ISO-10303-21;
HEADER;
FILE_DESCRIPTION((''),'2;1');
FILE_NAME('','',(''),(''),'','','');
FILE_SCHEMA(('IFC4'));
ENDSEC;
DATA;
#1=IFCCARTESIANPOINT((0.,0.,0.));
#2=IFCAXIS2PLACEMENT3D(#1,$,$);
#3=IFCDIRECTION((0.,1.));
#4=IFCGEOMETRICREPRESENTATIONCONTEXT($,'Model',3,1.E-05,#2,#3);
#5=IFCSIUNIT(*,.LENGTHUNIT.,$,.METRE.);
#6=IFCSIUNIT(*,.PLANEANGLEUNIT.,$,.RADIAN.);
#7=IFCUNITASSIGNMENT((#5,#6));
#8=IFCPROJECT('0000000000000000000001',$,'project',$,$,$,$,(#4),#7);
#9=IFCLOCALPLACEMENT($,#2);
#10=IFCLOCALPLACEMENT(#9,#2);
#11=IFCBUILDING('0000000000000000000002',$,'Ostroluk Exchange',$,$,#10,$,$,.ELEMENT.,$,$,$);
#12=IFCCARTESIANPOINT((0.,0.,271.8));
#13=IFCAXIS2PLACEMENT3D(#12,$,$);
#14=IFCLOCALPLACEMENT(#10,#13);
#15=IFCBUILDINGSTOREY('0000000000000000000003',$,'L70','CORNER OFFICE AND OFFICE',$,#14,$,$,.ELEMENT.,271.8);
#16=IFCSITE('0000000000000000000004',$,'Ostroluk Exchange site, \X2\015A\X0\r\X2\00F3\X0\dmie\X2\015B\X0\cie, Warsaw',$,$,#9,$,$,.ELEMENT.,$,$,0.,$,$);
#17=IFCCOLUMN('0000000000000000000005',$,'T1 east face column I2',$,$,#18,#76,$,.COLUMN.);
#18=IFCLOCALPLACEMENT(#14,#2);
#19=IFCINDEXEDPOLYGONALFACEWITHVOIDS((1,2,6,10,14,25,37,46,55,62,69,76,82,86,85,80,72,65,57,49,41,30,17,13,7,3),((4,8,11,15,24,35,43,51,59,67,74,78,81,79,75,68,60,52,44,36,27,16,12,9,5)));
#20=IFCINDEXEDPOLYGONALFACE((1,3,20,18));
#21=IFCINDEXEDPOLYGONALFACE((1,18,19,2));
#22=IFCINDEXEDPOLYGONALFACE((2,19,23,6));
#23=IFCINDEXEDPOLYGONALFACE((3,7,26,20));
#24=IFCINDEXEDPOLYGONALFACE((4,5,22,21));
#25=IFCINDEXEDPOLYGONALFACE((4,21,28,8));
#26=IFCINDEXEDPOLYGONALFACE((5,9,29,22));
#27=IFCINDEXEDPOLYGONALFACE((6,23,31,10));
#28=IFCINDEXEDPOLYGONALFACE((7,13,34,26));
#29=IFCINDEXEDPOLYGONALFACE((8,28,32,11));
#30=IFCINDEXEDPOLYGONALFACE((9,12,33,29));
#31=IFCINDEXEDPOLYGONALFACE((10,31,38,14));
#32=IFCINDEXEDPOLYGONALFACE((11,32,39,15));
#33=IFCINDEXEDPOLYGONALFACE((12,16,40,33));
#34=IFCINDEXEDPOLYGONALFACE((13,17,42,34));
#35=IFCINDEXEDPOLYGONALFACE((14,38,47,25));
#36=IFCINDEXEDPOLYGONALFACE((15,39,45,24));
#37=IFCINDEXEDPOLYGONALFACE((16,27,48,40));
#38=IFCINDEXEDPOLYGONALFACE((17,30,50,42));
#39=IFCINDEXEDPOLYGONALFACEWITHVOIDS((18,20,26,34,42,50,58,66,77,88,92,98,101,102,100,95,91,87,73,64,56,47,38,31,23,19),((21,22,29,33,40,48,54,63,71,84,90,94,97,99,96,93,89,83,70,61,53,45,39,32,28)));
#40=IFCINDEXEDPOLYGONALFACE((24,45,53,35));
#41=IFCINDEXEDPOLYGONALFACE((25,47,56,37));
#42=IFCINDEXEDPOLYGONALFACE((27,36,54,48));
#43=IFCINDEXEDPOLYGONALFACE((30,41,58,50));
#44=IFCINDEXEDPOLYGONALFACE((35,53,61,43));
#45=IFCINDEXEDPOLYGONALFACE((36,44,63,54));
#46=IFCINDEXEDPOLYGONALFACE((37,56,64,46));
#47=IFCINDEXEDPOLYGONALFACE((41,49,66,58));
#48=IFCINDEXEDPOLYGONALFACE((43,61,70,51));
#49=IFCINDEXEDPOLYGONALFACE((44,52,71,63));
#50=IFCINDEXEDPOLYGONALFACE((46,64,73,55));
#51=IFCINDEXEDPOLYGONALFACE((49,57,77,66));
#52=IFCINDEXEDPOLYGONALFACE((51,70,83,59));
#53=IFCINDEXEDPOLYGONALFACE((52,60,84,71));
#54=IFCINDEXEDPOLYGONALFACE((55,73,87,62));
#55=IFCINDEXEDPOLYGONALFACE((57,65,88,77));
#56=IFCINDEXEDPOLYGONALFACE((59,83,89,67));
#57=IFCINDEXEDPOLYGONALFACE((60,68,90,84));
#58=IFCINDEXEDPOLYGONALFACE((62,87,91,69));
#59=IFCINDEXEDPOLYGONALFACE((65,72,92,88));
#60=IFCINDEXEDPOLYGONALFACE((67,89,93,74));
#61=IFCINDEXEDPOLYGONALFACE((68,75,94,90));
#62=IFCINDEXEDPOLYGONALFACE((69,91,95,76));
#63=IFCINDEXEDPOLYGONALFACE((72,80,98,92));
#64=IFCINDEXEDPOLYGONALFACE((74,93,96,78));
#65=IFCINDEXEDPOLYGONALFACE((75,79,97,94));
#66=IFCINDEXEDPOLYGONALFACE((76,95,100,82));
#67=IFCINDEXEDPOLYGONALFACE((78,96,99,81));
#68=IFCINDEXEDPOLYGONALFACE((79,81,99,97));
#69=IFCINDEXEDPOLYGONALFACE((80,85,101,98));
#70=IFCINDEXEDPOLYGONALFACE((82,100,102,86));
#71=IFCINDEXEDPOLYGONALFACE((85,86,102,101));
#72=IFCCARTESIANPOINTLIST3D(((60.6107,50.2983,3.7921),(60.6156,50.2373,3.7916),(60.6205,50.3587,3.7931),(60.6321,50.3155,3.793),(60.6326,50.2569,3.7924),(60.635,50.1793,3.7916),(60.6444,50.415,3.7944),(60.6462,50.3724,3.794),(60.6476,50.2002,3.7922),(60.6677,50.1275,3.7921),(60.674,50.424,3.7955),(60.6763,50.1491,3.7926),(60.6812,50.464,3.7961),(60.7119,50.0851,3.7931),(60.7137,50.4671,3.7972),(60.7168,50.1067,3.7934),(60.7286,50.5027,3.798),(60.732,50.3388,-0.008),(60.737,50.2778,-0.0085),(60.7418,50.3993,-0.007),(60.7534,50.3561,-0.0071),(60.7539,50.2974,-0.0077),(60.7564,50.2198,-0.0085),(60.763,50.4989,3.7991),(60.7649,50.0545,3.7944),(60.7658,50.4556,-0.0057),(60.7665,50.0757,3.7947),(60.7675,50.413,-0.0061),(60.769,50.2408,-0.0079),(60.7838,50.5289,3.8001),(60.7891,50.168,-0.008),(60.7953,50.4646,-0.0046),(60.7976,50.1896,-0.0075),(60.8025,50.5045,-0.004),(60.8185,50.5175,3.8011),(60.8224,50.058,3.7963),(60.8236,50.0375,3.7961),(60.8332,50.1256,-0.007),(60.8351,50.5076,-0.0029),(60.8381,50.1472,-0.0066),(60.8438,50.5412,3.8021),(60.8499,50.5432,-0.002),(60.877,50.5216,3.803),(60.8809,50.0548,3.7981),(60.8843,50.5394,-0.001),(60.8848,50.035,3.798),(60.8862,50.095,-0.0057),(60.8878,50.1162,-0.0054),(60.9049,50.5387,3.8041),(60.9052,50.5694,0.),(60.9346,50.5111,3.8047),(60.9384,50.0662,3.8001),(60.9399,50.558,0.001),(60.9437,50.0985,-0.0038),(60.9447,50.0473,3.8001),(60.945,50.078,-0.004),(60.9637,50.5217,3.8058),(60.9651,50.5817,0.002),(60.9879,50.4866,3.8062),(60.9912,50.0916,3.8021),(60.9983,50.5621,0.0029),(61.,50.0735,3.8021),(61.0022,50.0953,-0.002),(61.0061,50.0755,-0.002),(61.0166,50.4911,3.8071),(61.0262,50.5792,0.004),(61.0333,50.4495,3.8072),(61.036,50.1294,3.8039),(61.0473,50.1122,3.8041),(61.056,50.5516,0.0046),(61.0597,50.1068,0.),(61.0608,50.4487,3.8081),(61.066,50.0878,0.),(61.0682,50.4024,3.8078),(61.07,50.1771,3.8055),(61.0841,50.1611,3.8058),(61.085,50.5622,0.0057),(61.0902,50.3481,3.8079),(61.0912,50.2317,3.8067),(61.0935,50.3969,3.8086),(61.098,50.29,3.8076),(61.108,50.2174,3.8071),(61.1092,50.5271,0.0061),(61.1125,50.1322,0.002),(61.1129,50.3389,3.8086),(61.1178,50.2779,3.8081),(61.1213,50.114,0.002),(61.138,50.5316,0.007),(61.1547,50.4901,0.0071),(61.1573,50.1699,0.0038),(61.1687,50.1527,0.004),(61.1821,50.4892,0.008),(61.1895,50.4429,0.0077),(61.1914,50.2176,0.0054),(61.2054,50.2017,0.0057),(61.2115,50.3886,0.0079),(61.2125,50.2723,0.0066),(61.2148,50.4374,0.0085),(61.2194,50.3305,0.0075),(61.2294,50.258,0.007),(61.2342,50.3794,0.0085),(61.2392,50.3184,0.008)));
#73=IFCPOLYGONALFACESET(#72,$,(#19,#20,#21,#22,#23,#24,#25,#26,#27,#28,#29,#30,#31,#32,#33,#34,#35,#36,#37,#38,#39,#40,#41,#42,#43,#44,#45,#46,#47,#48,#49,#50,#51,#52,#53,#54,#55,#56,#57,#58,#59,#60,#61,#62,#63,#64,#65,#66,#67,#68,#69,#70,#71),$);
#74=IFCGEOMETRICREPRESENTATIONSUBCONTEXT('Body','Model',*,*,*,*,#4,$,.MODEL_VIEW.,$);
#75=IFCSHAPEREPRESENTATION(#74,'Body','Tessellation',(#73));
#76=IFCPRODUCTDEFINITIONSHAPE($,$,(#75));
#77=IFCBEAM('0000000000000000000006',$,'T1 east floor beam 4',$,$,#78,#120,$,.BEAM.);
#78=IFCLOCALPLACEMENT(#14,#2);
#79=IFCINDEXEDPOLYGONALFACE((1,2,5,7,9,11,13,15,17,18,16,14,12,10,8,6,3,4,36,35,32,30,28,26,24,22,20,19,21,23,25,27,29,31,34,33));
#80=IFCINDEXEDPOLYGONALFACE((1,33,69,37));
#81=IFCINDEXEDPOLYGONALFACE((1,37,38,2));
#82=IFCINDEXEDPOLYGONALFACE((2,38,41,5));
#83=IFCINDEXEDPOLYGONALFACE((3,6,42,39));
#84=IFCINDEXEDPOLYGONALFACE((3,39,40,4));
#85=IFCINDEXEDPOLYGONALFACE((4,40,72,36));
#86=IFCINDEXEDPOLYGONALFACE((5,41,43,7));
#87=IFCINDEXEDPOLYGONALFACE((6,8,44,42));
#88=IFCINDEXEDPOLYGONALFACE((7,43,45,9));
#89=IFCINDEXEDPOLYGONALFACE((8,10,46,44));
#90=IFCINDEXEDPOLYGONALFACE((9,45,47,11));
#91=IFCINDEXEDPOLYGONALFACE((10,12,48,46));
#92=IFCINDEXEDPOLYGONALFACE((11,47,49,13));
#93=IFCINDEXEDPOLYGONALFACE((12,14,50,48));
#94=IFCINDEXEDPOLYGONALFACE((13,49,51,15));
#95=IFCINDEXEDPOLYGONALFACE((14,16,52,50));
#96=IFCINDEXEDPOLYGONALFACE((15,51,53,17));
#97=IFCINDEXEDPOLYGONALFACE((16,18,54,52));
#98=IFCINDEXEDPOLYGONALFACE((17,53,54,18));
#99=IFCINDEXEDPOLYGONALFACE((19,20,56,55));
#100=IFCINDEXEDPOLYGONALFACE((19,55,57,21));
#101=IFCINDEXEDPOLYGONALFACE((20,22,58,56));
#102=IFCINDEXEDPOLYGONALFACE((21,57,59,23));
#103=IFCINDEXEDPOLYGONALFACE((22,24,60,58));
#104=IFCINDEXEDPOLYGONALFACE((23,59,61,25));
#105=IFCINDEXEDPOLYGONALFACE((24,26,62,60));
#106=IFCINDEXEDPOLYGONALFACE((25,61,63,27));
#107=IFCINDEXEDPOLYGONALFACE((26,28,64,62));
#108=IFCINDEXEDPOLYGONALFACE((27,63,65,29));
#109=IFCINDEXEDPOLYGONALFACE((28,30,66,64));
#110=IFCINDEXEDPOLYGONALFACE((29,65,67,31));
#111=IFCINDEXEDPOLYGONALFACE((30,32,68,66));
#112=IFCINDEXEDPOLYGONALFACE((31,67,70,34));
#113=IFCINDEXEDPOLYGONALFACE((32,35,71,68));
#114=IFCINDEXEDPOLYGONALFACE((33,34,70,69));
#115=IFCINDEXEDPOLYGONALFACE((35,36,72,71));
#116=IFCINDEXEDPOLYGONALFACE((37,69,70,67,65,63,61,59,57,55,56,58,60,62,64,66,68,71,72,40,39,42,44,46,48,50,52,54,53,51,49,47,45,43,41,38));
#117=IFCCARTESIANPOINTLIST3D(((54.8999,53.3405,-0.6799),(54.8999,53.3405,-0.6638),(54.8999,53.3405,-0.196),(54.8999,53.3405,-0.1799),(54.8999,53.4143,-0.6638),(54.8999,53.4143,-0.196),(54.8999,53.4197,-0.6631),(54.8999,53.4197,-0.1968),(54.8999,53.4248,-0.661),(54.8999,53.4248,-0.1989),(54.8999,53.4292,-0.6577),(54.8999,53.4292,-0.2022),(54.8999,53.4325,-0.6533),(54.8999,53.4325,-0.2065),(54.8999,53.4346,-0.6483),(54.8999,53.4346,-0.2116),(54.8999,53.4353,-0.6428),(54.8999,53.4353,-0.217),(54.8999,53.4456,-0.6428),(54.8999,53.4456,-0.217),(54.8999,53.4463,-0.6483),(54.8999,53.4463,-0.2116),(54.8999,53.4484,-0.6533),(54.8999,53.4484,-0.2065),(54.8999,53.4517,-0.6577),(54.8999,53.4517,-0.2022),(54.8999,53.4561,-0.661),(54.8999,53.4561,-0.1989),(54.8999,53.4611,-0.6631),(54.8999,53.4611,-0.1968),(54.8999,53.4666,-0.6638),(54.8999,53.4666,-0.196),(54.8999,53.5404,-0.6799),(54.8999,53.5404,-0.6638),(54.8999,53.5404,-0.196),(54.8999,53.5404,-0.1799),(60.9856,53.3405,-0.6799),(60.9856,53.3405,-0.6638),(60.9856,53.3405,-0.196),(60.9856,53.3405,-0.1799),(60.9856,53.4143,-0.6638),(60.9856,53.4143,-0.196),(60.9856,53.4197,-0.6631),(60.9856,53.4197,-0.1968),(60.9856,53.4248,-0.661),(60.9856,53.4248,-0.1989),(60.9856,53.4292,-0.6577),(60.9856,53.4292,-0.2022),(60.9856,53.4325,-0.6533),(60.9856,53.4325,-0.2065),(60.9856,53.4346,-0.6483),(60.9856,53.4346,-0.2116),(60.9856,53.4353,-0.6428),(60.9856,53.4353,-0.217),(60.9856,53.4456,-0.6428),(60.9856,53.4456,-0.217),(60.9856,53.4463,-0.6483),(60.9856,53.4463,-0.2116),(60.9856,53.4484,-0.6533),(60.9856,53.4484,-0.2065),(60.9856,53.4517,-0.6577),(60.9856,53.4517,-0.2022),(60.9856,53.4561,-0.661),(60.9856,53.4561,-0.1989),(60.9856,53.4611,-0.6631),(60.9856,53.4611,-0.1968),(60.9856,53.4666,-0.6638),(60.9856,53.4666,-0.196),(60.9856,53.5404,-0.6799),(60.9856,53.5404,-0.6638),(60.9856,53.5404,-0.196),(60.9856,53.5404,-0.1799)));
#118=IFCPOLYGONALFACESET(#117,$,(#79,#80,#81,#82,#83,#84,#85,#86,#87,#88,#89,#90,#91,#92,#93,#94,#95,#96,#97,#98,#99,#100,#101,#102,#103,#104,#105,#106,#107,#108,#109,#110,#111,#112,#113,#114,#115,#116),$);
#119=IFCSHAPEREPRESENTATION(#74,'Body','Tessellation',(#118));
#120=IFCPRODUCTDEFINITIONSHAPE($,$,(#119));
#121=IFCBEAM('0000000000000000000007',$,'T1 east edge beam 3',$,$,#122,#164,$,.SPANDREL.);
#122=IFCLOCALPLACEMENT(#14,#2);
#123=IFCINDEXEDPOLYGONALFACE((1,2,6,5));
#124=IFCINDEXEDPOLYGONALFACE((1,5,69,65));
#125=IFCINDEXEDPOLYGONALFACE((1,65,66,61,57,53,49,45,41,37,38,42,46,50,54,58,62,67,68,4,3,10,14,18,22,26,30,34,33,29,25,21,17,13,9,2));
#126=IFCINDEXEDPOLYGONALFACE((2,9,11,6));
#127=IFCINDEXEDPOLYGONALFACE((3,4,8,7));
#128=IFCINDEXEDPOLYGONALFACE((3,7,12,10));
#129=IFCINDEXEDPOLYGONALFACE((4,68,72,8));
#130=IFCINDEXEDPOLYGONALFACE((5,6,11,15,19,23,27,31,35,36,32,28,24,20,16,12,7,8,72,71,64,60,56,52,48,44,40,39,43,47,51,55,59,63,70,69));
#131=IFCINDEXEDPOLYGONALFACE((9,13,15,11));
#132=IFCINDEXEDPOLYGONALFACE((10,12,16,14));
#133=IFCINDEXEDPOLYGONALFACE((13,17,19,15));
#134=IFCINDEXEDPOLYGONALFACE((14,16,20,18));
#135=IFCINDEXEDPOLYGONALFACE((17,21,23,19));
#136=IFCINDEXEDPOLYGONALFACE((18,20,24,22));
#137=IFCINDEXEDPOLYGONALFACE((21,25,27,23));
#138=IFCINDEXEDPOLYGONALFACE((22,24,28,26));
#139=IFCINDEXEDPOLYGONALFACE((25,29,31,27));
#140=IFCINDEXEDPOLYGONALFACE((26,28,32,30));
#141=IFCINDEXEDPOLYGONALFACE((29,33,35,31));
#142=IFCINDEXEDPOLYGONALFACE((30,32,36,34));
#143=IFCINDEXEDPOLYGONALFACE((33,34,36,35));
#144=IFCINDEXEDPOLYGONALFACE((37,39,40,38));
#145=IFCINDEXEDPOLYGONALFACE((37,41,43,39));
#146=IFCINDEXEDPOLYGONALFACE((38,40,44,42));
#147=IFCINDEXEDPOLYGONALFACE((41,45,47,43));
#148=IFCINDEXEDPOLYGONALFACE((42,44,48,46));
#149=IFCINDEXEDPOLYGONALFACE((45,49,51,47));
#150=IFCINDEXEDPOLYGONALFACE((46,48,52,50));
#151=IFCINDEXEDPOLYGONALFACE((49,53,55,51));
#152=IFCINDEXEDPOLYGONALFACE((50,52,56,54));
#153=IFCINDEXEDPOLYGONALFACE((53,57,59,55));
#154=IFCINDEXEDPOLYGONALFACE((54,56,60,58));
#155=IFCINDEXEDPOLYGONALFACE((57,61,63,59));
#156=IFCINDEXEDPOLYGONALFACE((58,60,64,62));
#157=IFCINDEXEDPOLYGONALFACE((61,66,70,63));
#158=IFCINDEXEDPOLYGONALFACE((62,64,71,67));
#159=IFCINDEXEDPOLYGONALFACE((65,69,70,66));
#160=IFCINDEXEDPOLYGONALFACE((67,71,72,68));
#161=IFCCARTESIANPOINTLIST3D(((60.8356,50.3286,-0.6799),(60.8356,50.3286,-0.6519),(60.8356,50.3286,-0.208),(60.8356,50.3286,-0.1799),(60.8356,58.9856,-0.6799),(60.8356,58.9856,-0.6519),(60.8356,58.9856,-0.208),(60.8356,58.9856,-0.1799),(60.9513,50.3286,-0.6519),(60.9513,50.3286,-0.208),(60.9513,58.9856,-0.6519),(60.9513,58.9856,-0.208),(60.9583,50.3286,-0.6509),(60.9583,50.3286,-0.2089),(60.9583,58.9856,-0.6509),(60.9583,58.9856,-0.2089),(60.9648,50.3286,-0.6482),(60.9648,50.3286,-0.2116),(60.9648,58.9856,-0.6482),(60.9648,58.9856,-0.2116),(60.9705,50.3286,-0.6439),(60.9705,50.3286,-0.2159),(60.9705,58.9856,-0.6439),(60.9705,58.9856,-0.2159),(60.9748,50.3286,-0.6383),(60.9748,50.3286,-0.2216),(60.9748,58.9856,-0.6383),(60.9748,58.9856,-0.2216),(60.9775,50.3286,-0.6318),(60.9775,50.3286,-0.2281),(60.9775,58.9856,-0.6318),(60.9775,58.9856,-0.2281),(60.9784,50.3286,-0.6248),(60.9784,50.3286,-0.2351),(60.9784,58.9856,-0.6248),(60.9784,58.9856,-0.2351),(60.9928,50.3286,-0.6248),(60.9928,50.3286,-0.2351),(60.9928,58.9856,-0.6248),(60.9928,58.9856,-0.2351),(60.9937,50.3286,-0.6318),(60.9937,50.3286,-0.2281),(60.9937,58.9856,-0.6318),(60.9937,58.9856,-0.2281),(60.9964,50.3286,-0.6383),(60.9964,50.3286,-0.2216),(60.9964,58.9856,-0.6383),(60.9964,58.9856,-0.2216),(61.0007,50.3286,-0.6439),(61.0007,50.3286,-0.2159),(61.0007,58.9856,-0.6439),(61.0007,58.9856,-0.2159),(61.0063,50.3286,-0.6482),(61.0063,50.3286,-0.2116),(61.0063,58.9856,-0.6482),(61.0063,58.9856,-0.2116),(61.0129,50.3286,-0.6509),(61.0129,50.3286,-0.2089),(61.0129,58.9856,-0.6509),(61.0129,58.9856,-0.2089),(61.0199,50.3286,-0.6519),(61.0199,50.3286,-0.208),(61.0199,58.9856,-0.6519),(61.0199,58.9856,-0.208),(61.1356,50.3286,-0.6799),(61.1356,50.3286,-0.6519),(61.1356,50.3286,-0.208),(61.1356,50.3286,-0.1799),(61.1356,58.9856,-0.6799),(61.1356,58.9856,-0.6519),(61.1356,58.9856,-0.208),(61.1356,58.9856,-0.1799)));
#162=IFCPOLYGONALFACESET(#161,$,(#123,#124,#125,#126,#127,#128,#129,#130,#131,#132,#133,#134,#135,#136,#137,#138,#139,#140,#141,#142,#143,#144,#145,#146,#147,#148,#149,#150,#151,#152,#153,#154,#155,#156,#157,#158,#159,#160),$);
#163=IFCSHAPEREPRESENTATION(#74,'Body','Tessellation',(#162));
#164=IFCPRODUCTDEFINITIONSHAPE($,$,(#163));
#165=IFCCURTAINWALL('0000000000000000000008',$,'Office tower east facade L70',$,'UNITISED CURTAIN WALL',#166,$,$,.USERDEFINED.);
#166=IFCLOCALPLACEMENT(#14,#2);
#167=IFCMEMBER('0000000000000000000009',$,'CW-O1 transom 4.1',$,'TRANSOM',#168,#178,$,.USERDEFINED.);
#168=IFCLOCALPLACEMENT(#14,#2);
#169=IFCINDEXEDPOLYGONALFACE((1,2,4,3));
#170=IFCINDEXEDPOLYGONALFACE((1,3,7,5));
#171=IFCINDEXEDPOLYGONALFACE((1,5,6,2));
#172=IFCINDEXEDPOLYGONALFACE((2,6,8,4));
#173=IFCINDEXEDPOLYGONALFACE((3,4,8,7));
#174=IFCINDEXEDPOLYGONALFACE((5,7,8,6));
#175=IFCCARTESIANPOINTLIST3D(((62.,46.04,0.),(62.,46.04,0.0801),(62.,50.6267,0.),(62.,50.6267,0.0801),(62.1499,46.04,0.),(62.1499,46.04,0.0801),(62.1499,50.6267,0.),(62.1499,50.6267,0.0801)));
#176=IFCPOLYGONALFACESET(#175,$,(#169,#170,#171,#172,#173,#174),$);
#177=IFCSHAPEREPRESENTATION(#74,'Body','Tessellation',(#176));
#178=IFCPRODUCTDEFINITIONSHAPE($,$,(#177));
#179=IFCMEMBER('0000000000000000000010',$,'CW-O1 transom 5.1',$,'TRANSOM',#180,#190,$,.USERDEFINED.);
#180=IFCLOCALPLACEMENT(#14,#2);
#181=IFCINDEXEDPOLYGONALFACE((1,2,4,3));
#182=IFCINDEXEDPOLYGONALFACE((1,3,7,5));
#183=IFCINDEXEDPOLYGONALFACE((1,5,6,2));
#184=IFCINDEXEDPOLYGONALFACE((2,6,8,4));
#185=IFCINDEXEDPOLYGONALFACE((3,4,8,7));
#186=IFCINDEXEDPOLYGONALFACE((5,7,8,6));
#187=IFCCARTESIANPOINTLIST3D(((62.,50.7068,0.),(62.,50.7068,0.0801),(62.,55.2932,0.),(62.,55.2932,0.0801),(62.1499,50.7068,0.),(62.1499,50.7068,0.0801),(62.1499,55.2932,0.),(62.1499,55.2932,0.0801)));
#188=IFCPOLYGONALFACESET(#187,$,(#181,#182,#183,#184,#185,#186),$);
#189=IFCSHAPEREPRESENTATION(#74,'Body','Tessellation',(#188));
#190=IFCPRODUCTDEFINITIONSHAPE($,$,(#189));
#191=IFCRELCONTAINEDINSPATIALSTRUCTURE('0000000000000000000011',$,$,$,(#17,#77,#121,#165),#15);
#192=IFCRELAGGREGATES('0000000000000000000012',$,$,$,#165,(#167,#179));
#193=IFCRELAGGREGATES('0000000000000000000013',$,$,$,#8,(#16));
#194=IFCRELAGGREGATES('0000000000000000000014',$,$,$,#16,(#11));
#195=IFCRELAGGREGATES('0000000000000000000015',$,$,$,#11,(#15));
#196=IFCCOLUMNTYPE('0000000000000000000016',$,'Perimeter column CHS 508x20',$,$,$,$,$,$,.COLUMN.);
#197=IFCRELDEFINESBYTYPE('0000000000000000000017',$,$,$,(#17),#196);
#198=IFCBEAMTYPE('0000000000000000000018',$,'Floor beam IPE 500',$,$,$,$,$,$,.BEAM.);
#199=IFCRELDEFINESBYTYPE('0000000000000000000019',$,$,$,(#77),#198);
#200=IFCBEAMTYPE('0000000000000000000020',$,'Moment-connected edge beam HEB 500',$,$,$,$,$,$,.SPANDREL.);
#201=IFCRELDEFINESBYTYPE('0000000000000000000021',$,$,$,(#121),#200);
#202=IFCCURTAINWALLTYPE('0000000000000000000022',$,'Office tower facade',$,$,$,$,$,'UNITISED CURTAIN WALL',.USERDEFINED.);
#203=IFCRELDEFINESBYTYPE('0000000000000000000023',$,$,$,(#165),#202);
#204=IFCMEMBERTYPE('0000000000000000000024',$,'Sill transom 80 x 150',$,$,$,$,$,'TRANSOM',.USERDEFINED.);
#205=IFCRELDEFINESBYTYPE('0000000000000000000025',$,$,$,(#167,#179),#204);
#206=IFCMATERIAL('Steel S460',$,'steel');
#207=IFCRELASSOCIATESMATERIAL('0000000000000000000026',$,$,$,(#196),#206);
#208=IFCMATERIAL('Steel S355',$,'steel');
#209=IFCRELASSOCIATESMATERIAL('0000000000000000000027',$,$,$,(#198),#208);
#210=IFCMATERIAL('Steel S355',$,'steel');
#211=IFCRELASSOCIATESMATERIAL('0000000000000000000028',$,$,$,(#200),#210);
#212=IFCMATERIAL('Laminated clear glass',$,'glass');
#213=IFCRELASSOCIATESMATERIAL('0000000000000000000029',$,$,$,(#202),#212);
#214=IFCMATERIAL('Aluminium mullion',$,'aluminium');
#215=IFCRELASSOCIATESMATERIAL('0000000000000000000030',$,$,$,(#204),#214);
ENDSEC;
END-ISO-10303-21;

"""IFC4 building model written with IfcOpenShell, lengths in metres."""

from ifc_helpers import new_model, si_unit, direction, frame, origin, origin_2d, place, context, subcontext, project, spatial, rectangle, hollow_circle, i_section, extrude, material, material_profile, profile_set, type_object, element, aggregate, save


model = new_model("IFC4")

# Units and contexts
model_context = context("Model", 3, precision=1e-05, world=origin(), true_north=direction((0.0, 1.0)))
body_context = subcontext(model_context, "Body", "Model", "MODEL_VIEW")
ifc_project = project(units=[si_unit("LENGTHUNIT", "METRE"), si_unit("PLANEANGLEUNIT", "RADIAN")], contexts=[model_context])

# Site, building, storey
site_placement = place(None, origin())
site = spatial("IfcSite", under=ifc_project, at=site_placement, Name="Ostroluk Exchange site, Śródmieście, Warsaw", CompositionType="ELEMENT", RefElevation=0.0)
building_placement = place(site_placement, origin())
building = spatial("IfcBuilding", under=site, at=building_placement, Name="Ostroluk Exchange", CompositionType="ELEMENT")
storey_placement = place(building_placement, frame((0.0, 0.0, 271.8)))
storey = spatial("IfcBuildingStorey", under=building, at=storey_placement, Name="L70", Description="CORNER OFFICE AND OFFICE", CompositionType="ELEMENT", Elevation=271.8)

# Column
ifc_material_1 = material(Name="Steel S460", Category="steel")
ifc_material_profile_1 = material_profile(ifc_material_1, hollow_circle(Radius=0.2539, WallThickness=0.02, at=origin_2d()), Name="CHS 508x20")
ifc_profile_set_1 = profile_set([ifc_material_profile_1], Name="Steel S460")
column_type = type_object("IfcColumnType", Name="Perimeter column CHS 508x20", PredefinedType="COLUMN", material=ifc_profile_set_1)
column_placement = place(storey_placement, frame((60.9856, 50.3286, 0.0), z_axis=(-0.031913, -0.010659, 0.999434), x_axis=(0.3168, -0.948492, 0.0)))
element("IfcColumn", 1, at=column_placement, inside=storey, type_object=column_type, Name="T1 east face column I2", PredefinedType="COLUMN", context=body_context, shape_type="SweptSolid", body=[
    extrude(hollow_circle(Radius=0.2539, WallThickness=0.02, at=origin_2d()), origin(), (0.0, 0.0, 1.0), 3.8022),
])

# Beams
ifc_material_2 = material(Name="Steel S355", Category="steel")
ifc_material_profile_2 = material_profile(ifc_material_2, i_section(OverallWidth=0.2, OverallDepth=0.5, WebThickness=0.0103, FlangeThickness=0.0161, FilletRadius=0.021, at=origin_2d()), Name="IPE 500")
ifc_profile_set_2 = profile_set([ifc_material_profile_2], Name="Steel S355")
beam_type_1 = type_object("IfcBeamType", Name="Floor beam IPE 500", PredefinedType="BEAM", material=ifc_profile_set_2)
beam_1_placement = place(storey_placement, frame((54.8999, 53.4404, -0.4299), z_axis=(1.0, 0.0, 0.0), x_axis=(0.0, 1.0, 0.0)))
element("IfcBeam", 2, at=beam_1_placement, inside=storey, type_object=beam_type_1, Name="T1 east floor beam 4", PredefinedType="BEAM", context=body_context, shape_type="SweptSolid", body=[
    extrude(i_section(OverallWidth=0.2, OverallDepth=0.5, WebThickness=0.0103, FlangeThickness=0.0161, FilletRadius=0.021, at=origin_2d()), origin(), (0.0, 0.0, 1.0), 6.0857),
])
ifc_material_3 = material(Name="Steel S355", Category="steel")
ifc_material_profile_3 = material_profile(ifc_material_3, i_section(OverallWidth=0.3, OverallDepth=0.5, WebThickness=0.0144, FlangeThickness=0.0281, FilletRadius=0.0271, at=origin_2d()), Name="HEB 500")
ifc_profile_set_3 = profile_set([ifc_material_profile_3], Name="Steel S355")
beam_type_2 = type_object("IfcBeamType", Name="Moment-connected edge beam HEB 500", PredefinedType="SPANDREL", material=ifc_profile_set_3)
beam_2_placement = place(storey_placement, frame((60.9856, 50.3286, -0.4299), z_axis=(0.0, 1.0, 0.0), x_axis=(-1.0, 0.0, 0.0)))
element("IfcBeam", 3, at=beam_2_placement, inside=storey, type_object=beam_type_2, Name="T1 east edge beam 3", PredefinedType="SPANDREL", context=body_context, shape_type="SweptSolid", body=[
    extrude(i_section(OverallWidth=0.3, OverallDepth=0.5, WebThickness=0.0144, FlangeThickness=0.0281, FilletRadius=0.0271, at=origin_2d()), origin(), (0.0, 0.0, 1.0), 8.657),
])

# Curtain wall, members
ifc_material_4 = material(Name="Laminated clear glass", Category="glass")
curtain_wall_type = type_object("IfcCurtainWallType", Name="Office tower facade", ElementType="UNITISED CURTAIN WALL", PredefinedType="USERDEFINED", material=ifc_material_4)
curtain_wall_placement = place(storey_placement, origin())
curtain_wall = element("IfcCurtainWall", 4, at=curtain_wall_placement, inside=storey, type_object=curtain_wall_type, Name="Office tower east facade L70", ObjectType="UNITISED CURTAIN WALL", PredefinedType="USERDEFINED")
ifc_material_5 = material(Name="Aluminium mullion", Category="aluminium")
ifc_material_profile_4 = material_profile(ifc_material_5, rectangle(XDim=0.1499, YDim=0.0801, at=origin_2d()), Name="Sill transom 80 x 150")
ifc_profile_set_4 = profile_set([ifc_material_profile_4], Name="Aluminium mullion")
member_type_1 = type_object("IfcMemberType", Name="Sill transom 80 x 150", ElementType="TRANSOM", PredefinedType="USERDEFINED", material=ifc_profile_set_4)
member_1_placement = place(storey_placement, frame((62.075, 46.04, 0.04), z_axis=(0.0, 1.0, 0.0), x_axis=(-1.0, 0.0, 0.0)))
member_1 = element("IfcMember", 5, at=member_1_placement, type_object=member_type_1, Name="CW-O1 transom 4.1", ObjectType="TRANSOM", PredefinedType="USERDEFINED", context=body_context, shape_type="SweptSolid", body=[
    extrude(rectangle(XDim=0.1499, YDim=0.0801, at=origin_2d()), origin(), (0.0, 0.0, 1.0), 4.5867),
])
member_2_placement = place(storey_placement, frame((62.075, 50.7068, 0.04), z_axis=(0.0, 1.0, 0.0), x_axis=(-1.0, 0.0, 0.0)))
member_2 = element("IfcMember", 6, at=member_2_placement, type_object=member_type_1, Name="CW-O1 transom 5.1", ObjectType="TRANSOM", PredefinedType="USERDEFINED", context=body_context, shape_type="SweptSolid", body=[
    extrude(rectangle(XDim=0.1499, YDim=0.0801, at=origin_2d()), origin(), (0.0, 0.0, 1.0), 4.5864),
])
aggregate(curtain_wall, [member_1, member_2])

save(model, "model.ifc")
